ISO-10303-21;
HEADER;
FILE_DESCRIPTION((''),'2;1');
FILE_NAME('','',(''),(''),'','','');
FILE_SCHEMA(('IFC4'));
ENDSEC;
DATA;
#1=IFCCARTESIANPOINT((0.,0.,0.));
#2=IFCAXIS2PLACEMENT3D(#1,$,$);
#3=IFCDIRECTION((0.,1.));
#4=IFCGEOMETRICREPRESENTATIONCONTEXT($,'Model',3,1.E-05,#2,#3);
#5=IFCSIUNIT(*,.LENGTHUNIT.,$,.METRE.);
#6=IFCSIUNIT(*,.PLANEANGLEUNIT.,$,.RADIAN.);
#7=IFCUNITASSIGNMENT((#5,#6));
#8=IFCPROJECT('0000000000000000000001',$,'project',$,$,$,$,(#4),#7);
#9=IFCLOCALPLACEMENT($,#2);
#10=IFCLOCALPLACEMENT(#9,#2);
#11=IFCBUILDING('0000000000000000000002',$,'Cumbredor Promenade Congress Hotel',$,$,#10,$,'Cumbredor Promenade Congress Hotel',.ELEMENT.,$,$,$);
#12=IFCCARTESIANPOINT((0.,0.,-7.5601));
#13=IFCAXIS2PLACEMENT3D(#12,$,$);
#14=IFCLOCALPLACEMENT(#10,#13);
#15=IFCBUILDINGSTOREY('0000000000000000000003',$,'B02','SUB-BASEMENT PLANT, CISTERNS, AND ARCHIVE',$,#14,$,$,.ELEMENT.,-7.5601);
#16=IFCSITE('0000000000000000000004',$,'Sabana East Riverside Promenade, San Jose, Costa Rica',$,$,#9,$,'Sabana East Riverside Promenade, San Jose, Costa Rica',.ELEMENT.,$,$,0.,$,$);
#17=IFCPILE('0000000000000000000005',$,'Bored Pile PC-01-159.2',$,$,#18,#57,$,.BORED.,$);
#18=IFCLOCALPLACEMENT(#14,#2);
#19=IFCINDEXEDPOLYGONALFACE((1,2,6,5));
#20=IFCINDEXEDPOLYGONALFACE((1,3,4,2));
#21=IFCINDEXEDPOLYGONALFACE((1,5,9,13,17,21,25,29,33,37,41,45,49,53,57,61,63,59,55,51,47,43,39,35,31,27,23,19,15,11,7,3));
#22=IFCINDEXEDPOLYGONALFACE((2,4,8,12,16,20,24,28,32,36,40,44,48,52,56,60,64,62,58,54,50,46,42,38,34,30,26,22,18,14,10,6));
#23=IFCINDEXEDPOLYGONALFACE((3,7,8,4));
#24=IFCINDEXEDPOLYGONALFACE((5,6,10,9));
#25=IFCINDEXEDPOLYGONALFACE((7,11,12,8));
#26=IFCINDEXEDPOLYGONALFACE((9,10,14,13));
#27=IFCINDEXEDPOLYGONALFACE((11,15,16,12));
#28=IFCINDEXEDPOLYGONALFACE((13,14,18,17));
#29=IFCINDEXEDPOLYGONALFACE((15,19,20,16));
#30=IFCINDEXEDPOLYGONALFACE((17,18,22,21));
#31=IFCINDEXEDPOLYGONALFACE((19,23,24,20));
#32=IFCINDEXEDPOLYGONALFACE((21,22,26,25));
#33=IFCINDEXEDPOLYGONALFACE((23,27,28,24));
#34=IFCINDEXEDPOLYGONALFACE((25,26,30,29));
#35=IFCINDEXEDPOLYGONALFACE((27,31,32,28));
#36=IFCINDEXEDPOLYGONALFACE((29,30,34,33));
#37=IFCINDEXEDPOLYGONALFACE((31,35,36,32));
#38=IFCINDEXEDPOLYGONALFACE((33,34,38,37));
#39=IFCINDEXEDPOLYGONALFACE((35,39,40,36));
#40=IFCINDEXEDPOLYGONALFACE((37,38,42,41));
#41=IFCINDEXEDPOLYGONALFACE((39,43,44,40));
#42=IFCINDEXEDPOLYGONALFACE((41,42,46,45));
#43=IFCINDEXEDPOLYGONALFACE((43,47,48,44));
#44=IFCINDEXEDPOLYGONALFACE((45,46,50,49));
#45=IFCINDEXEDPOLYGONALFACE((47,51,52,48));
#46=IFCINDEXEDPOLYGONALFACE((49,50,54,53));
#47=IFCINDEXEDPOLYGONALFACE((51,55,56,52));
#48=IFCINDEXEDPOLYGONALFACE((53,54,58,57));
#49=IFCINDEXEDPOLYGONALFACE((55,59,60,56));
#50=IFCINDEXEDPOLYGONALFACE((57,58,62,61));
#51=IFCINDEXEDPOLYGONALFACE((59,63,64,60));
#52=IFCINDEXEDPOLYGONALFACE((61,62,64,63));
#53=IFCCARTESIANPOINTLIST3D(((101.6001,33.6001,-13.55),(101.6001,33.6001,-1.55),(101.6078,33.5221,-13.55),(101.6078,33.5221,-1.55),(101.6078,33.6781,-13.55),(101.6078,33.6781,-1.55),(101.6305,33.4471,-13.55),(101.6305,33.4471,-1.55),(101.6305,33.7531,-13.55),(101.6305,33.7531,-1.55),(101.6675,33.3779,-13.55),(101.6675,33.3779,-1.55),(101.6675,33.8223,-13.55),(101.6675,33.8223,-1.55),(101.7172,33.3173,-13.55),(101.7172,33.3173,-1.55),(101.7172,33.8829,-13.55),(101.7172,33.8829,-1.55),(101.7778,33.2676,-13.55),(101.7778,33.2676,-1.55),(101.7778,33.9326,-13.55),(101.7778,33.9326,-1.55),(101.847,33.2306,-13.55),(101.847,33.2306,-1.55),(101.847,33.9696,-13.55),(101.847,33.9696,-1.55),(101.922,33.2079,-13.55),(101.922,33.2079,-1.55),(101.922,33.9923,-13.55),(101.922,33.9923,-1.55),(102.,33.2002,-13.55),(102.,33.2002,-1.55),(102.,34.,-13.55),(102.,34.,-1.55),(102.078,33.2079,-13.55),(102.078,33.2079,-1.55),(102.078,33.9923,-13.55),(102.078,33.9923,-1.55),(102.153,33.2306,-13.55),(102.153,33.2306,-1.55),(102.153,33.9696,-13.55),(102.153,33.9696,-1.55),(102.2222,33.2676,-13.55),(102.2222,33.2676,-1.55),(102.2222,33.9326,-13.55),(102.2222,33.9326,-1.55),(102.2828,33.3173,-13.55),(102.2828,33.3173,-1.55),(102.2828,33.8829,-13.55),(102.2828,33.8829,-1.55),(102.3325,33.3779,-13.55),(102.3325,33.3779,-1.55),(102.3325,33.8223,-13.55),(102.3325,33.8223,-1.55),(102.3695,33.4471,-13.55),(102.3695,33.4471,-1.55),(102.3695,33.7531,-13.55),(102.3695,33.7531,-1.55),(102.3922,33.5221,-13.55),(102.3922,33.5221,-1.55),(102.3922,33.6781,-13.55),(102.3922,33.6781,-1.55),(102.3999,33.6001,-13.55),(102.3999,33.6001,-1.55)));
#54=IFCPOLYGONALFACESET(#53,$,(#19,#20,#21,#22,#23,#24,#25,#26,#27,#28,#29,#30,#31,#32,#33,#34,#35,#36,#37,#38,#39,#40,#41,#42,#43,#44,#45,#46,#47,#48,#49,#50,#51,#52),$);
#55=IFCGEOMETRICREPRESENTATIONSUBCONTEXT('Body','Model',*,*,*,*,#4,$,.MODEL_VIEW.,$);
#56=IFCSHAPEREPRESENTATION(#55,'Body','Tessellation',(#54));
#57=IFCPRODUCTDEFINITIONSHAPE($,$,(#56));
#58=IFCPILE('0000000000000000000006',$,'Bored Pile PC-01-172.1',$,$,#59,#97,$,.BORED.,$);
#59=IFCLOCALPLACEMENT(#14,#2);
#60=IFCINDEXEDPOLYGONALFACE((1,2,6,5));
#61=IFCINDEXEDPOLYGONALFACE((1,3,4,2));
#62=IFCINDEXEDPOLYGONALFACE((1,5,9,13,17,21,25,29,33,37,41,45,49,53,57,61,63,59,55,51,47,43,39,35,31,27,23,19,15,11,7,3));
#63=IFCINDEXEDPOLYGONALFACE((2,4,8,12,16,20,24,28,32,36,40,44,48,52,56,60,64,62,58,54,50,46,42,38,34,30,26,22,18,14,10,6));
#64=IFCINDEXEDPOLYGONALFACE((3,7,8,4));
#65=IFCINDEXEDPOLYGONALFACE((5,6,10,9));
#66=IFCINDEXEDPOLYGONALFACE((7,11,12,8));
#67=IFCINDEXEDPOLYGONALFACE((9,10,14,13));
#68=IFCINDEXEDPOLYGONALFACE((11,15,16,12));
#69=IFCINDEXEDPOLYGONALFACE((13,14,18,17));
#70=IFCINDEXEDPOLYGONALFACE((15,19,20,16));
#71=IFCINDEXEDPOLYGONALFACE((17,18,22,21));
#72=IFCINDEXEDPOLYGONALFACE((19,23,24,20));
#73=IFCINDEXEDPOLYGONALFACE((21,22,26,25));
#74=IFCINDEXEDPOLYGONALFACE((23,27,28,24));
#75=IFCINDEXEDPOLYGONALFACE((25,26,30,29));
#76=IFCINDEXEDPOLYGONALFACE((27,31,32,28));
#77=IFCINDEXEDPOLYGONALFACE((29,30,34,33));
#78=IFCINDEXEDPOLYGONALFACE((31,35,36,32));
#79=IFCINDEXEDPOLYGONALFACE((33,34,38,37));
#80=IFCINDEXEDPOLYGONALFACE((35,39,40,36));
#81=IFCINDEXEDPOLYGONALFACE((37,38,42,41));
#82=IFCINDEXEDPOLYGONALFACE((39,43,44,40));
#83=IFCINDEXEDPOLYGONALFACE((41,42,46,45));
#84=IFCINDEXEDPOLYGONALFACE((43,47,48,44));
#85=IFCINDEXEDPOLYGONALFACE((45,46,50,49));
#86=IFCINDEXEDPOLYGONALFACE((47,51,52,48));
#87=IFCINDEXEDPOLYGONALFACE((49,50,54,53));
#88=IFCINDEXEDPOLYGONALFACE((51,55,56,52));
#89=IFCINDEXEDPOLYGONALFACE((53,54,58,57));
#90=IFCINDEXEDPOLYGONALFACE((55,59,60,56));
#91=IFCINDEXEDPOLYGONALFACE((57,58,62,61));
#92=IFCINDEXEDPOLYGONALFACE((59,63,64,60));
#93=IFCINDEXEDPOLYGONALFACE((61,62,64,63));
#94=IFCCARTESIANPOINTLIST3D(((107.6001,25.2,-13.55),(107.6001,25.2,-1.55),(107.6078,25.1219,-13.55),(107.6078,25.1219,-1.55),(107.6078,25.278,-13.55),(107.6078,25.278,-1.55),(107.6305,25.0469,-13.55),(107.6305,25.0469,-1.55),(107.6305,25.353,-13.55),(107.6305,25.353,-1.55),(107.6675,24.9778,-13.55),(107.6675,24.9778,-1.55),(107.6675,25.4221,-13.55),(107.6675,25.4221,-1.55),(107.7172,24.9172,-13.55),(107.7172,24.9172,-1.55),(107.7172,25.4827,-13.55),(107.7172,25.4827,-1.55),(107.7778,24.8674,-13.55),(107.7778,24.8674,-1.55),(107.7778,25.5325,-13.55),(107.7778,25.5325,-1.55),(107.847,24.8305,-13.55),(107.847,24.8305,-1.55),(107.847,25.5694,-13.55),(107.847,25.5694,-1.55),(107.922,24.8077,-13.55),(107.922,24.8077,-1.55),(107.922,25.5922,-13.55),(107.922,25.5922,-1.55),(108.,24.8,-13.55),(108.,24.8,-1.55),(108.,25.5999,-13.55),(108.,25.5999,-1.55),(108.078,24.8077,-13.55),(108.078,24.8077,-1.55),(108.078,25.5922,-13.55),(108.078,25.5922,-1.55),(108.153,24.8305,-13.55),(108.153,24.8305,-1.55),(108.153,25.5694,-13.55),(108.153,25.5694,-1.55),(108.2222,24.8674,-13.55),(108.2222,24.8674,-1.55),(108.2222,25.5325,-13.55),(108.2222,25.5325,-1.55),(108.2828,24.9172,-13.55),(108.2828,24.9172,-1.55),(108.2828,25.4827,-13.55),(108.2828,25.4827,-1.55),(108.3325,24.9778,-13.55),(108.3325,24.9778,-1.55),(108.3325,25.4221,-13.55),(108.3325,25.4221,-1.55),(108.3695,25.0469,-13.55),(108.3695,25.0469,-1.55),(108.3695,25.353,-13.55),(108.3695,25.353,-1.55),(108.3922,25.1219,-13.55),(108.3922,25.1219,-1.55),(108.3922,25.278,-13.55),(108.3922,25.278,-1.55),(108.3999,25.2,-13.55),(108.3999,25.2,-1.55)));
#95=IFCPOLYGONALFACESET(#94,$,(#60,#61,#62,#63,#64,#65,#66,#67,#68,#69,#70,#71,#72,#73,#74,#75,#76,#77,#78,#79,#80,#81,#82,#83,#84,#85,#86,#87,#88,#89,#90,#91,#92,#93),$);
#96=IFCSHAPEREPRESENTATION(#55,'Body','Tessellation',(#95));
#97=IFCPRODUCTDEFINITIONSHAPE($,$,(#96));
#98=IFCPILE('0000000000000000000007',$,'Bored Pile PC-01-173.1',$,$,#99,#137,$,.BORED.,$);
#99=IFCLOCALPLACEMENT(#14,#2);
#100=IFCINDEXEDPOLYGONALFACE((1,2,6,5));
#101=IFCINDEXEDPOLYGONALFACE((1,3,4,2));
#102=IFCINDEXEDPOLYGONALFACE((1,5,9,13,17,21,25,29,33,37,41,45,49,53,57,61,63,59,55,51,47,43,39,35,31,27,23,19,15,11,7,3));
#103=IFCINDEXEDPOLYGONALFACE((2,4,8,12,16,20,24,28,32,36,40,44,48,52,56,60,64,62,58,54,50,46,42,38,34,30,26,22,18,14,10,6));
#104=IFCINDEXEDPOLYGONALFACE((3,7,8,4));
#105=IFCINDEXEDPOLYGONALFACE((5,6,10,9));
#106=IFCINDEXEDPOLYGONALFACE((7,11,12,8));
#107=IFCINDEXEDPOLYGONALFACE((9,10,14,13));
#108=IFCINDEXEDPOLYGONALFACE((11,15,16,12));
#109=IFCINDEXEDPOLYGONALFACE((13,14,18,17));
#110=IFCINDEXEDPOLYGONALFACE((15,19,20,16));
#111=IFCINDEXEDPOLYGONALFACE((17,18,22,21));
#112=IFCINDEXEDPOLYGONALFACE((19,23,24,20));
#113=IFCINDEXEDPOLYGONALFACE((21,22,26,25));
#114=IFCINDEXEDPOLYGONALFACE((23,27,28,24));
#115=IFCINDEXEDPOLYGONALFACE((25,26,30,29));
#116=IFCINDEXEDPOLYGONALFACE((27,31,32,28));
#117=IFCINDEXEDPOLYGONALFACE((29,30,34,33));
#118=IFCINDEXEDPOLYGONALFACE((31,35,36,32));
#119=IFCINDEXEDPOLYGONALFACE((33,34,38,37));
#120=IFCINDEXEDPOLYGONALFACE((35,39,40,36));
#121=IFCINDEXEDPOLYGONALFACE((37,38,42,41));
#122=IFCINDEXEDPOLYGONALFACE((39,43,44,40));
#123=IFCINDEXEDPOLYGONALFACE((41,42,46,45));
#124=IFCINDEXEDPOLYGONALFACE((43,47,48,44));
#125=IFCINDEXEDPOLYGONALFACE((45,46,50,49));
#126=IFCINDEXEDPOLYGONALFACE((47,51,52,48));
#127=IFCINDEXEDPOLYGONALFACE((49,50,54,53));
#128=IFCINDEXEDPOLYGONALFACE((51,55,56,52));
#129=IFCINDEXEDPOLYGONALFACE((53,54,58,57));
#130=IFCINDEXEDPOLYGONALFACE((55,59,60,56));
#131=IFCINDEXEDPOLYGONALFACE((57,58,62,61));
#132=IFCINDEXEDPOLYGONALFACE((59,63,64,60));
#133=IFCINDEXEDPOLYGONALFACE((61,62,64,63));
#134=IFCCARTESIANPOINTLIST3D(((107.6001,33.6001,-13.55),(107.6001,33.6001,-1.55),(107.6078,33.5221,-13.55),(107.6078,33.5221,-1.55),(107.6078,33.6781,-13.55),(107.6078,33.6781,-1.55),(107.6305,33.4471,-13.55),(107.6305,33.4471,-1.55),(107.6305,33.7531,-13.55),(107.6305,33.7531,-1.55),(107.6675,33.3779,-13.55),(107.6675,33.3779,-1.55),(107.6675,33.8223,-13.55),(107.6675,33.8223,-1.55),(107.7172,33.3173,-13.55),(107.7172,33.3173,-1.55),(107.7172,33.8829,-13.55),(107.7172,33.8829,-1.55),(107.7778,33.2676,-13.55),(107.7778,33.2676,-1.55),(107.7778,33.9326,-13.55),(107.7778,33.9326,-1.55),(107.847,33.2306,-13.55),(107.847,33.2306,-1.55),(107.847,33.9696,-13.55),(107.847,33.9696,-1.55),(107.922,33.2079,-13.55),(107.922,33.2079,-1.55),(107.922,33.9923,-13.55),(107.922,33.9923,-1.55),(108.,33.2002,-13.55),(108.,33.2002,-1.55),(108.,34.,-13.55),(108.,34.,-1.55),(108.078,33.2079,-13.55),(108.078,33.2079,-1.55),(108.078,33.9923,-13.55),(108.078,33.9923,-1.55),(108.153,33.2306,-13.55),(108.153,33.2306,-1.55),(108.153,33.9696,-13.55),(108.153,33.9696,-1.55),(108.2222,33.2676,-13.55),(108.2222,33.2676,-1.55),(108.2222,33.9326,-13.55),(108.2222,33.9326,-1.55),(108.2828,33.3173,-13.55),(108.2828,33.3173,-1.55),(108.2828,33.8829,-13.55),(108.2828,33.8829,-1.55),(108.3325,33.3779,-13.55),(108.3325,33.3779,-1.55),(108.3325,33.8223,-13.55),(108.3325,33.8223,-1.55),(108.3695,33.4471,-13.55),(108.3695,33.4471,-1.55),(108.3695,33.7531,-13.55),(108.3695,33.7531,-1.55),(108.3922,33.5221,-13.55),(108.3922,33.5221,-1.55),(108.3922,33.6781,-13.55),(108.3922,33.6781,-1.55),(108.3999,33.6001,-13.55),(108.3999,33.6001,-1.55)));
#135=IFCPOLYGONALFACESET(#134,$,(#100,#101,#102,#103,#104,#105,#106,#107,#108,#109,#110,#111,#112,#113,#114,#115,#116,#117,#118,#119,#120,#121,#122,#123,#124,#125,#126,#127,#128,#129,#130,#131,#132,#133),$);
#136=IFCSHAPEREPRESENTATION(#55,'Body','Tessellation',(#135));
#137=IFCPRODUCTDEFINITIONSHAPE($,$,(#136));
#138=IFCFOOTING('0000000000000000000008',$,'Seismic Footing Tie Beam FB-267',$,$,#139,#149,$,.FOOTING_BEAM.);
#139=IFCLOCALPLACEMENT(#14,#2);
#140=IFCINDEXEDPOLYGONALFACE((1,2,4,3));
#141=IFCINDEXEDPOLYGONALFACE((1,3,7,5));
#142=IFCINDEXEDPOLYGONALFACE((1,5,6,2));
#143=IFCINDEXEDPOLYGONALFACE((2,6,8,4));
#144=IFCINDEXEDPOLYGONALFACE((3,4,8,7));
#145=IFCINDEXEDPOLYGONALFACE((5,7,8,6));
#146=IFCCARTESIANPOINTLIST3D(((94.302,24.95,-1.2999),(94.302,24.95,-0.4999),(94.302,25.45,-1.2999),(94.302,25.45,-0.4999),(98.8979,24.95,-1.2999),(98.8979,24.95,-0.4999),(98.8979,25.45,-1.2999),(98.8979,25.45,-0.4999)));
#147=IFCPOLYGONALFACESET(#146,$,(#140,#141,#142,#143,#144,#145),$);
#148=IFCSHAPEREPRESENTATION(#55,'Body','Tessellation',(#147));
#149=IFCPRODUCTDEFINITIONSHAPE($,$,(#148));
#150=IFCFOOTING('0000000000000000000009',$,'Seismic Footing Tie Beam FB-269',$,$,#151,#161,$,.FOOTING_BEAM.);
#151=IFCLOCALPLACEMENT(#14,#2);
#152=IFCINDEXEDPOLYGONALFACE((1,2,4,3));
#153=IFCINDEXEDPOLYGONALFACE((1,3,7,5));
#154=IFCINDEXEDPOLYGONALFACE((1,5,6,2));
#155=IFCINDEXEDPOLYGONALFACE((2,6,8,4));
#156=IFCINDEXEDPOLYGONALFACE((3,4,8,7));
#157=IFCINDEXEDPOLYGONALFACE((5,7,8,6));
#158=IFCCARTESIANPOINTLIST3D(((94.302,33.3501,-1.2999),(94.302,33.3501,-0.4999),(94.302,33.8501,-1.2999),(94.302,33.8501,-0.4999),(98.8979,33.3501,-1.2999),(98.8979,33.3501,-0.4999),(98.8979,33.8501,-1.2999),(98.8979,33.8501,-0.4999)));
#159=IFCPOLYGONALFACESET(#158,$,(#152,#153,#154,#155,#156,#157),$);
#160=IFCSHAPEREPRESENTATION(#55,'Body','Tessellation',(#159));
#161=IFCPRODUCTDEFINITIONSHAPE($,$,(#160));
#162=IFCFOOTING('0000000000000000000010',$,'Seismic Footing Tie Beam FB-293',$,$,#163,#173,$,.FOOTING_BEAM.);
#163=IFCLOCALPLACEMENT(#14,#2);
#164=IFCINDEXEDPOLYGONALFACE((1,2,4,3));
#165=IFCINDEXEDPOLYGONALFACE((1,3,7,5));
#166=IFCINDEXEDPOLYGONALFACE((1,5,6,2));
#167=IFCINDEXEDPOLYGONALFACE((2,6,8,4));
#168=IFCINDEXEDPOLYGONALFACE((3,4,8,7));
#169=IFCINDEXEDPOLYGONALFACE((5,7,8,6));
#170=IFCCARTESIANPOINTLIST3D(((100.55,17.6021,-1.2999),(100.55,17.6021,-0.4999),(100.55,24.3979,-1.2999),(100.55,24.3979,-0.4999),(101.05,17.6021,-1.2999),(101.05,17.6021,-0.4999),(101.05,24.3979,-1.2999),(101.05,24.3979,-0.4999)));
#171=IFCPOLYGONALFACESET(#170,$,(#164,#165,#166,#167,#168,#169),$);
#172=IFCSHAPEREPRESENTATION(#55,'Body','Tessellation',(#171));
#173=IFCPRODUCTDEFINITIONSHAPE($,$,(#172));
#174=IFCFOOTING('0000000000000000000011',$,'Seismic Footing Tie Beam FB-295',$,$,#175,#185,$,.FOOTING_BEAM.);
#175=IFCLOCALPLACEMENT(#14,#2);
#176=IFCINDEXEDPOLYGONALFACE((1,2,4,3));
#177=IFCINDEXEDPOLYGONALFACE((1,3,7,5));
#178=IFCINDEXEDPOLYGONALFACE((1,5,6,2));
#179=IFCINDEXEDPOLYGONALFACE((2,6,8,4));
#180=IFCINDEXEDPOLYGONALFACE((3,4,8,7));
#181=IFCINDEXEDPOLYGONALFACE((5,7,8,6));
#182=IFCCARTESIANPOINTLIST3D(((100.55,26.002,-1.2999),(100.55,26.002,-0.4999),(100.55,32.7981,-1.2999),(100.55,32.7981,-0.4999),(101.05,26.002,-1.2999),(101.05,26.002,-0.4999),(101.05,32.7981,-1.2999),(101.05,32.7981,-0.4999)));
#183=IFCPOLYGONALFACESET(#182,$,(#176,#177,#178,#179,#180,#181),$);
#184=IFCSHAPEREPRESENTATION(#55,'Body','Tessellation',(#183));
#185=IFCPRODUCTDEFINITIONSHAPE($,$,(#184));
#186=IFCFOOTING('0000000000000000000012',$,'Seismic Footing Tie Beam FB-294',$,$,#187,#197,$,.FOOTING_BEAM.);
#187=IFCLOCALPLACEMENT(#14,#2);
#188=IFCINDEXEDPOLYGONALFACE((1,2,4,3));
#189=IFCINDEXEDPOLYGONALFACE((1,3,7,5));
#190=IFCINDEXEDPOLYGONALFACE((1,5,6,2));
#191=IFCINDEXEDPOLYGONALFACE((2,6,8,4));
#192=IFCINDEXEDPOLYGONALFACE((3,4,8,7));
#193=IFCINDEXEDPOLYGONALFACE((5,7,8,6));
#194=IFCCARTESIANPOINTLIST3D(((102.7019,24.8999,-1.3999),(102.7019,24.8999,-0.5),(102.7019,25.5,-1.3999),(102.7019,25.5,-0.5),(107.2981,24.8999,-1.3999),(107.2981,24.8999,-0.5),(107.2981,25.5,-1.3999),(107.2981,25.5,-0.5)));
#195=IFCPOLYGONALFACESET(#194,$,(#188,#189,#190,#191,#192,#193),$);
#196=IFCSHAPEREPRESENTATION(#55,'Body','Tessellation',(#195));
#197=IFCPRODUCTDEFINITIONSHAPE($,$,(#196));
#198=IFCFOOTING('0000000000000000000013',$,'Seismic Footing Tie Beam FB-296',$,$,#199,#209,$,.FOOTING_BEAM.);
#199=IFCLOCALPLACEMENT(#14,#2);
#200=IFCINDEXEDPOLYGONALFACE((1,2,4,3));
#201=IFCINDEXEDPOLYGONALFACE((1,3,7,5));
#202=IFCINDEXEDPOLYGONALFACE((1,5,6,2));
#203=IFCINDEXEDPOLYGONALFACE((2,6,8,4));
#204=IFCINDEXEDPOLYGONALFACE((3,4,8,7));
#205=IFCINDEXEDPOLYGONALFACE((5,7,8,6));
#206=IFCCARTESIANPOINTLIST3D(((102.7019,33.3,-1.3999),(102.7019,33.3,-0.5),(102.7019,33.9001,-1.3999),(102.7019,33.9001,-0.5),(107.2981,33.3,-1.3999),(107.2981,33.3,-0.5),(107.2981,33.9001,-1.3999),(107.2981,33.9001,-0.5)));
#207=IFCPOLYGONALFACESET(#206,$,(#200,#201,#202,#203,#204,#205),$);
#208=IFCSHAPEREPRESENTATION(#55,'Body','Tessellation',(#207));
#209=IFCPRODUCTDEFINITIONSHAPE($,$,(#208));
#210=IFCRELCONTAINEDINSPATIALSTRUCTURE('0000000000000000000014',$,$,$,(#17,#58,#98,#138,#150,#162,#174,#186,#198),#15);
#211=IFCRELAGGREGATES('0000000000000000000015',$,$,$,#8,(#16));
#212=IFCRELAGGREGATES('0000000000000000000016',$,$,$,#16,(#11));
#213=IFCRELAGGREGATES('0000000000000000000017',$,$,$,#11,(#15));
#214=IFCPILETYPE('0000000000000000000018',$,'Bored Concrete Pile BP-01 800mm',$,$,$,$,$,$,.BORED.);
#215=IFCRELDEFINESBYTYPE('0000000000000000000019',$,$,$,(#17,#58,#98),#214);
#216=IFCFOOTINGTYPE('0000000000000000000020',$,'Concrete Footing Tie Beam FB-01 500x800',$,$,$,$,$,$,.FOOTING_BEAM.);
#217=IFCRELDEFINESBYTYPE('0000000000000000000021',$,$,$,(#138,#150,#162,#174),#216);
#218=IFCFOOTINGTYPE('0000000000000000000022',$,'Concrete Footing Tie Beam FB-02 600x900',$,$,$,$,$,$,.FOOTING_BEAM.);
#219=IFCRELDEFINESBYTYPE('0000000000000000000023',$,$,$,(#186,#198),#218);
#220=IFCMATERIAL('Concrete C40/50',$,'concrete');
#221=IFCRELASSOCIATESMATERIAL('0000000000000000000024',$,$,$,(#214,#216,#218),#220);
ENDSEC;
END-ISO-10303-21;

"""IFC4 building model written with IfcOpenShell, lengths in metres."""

from ifc_helpers import new_model, si_unit, direction, frame, origin, origin_2d, place, context, subcontext, project, spatial, rectangle, circle, extrude, material, material_profile, profile_set, type_object, element, save


model = new_model("IFC4")

# Units and contexts
model_context = context("Model", 3, precision=1e-05, world=origin(), true_north=direction((0.0, 1.0)))
body_context = subcontext(model_context, "Body", "Model", "MODEL_VIEW")
ifc_project = project(units=[si_unit("LENGTHUNIT", "METRE"), si_unit("PLANEANGLEUNIT", "RADIAN")], contexts=[model_context])

# Site, building, storey
site_placement = place(None, origin())
site = spatial("IfcSite", under=ifc_project, at=site_placement, Name="Sabana East Riverside Promenade, San Jose, Costa Rica", LongName="Sabana East Riverside Promenade, San Jose, Costa Rica", CompositionType="ELEMENT", RefElevation=0.0)
building_placement = place(site_placement, origin())
building = spatial("IfcBuilding", under=site, at=building_placement, Name="Cumbredor Promenade Congress Hotel", LongName="Cumbredor Promenade Congress Hotel", CompositionType="ELEMENT")
storey_placement = place(building_placement, frame((0.0, 0.0, -7.5601)))
storey = spatial("IfcBuildingStorey", under=building, at=storey_placement, Name="B02", Description="SUB-BASEMENT PLANT, CISTERNS, AND ARCHIVE", CompositionType="ELEMENT", Elevation=-7.5601)

# Piles
ifc_material_1 = material(Name="Concrete C40/50", Category="concrete")
ifc_material_profile_1 = material_profile(ifc_material_1, circle(Radius=0.3999, at=origin_2d()), Name="PILE D800")
ifc_profile_set_1 = profile_set([ifc_material_profile_1], Name="Concrete C40/50")
pile_type = type_object("IfcPileType", Name="Bored Concrete Pile BP-01 800mm", PredefinedType="BORED", material=ifc_profile_set_1)
for number, where, z_axis, x_axis, name in (
    (1, (102.0, 33.6001, -1.55), (0.0, 0.0, -1.0), (1.0, 0.0, 0.0), "Bored Pile PC-01-159.2"),
    (2, (108.0, 25.2, -1.55), (0.0, 0.0, -1.0), (1.0, 0.0, 0.0), "Bored Pile PC-01-172.1"),
    (3, (108.0, 33.6001, -1.55), (0.0, 0.0, -1.0), (1.0, 0.0, 0.0), "Bored Pile PC-01-173.1"),
):
    element("IfcPile", number, at=place(storey_placement, frame(where, z_axis=z_axis, x_axis=x_axis)), inside=storey, type_object=pile_type, Name=name, PredefinedType="BORED", context=body_context, shape_type="SweptSolid", body=[
        extrude(circle(Radius=0.3999, at=origin_2d()), origin(), (0.0, 0.0, 1.0), 12.0),
    ])

# Footings
ifc_material_profile_2 = material_profile(ifc_material_1, rectangle(XDim=0.5, YDim=0.8, at=origin_2d()), Name="FB 500x800")
ifc_profile_set_2 = profile_set([ifc_material_profile_2], Name="Concrete C40/50")
footing_type_1 = type_object("IfcFootingType", Name="Concrete Footing Tie Beam FB-01 500x800", PredefinedType="FOOTING_BEAM", material=ifc_profile_set_2)
for number, where, z_axis, x_axis, name in (
    (4, (94.302, 25.2, -0.8999), (1.0, 0.0, 0.0), (0.0, 1.0, 0.0), "Seismic Footing Tie Beam FB-267"),
    (5, (94.302, 33.6001, -0.8999), (1.0, 0.0, 0.0), (0.0, 1.0, 0.0), "Seismic Footing Tie Beam FB-269"),
):
    element("IfcFooting", number, at=place(storey_placement, frame(where, z_axis=z_axis, x_axis=x_axis)), inside=storey, type_object=footing_type_1, Name=name, PredefinedType="FOOTING_BEAM", context=body_context, shape_type="SweptSolid", body=[
        extrude(rectangle(XDim=0.5, YDim=0.8, at=origin_2d()), origin(), (0.0, 0.0, 1.0), 4.5959),
    ])
footing_1_placement = place(storey_placement, frame((100.8, 17.6021, -0.8999), z_axis=(0.0, 1.0, 0.0), x_axis=(-1.0, 0.0, 0.0)))
element("IfcFooting", 6, at=footing_1_placement, inside=storey, type_object=footing_type_1, Name="Seismic Footing Tie Beam FB-293", PredefinedType="FOOTING_BEAM", context=body_context, shape_type="SweptSolid", body=[
    extrude(rectangle(XDim=0.5, YDim=0.8, at=origin_2d()), origin(), (0.0, 0.0, 1.0), 6.7959),
])
footing_2_placement = place(storey_placement, frame((100.8, 26.002, -0.8999), z_axis=(0.0, 1.0, 0.0), x_axis=(-1.0, 0.0, 0.0)))
element("IfcFooting", 7, at=footing_2_placement, inside=storey, type_object=footing_type_1, Name="Seismic Footing Tie Beam FB-295", PredefinedType="FOOTING_BEAM", context=body_context, shape_type="SweptSolid", body=[
    extrude(rectangle(XDim=0.5, YDim=0.8, at=origin_2d()), origin(), (0.0, 0.0, 1.0), 6.7961),
])
ifc_material_profile_3 = material_profile(ifc_material_1, rectangle(XDim=0.6001, YDim=0.8999, at=origin_2d()), Name="FB 600x900")
ifc_profile_set_3 = profile_set([ifc_material_profile_3], Name="Concrete C40/50")
footing_type_2 = type_object("IfcFootingType", Name="Concrete Footing Tie Beam FB-02 600x900", PredefinedType="FOOTING_BEAM", material=ifc_profile_set_3)
for number, where, z_axis, x_axis, name in (
    (8, (102.7019, 25.2, -0.95), (1.0, 0.0, 0.0), (0.0, 1.0, 0.0), "Seismic Footing Tie Beam FB-294"),
    (9, (102.7019, 33.6001, -0.95), (1.0, 0.0, 0.0), (0.0, 1.0, 0.0), "Seismic Footing Tie Beam FB-296"),
):
    element("IfcFooting", number, at=place(storey_placement, frame(where, z_axis=z_axis, x_axis=x_axis)), inside=storey, type_object=footing_type_2, Name=name, PredefinedType="FOOTING_BEAM", context=body_context, shape_type="SweptSolid", body=[
        extrude(rectangle(XDim=0.6001, YDim=0.8999, at=origin_2d()), origin(), (0.0, 0.0, 1.0), 4.5962),
    ])

save(model, "model.ifc")
